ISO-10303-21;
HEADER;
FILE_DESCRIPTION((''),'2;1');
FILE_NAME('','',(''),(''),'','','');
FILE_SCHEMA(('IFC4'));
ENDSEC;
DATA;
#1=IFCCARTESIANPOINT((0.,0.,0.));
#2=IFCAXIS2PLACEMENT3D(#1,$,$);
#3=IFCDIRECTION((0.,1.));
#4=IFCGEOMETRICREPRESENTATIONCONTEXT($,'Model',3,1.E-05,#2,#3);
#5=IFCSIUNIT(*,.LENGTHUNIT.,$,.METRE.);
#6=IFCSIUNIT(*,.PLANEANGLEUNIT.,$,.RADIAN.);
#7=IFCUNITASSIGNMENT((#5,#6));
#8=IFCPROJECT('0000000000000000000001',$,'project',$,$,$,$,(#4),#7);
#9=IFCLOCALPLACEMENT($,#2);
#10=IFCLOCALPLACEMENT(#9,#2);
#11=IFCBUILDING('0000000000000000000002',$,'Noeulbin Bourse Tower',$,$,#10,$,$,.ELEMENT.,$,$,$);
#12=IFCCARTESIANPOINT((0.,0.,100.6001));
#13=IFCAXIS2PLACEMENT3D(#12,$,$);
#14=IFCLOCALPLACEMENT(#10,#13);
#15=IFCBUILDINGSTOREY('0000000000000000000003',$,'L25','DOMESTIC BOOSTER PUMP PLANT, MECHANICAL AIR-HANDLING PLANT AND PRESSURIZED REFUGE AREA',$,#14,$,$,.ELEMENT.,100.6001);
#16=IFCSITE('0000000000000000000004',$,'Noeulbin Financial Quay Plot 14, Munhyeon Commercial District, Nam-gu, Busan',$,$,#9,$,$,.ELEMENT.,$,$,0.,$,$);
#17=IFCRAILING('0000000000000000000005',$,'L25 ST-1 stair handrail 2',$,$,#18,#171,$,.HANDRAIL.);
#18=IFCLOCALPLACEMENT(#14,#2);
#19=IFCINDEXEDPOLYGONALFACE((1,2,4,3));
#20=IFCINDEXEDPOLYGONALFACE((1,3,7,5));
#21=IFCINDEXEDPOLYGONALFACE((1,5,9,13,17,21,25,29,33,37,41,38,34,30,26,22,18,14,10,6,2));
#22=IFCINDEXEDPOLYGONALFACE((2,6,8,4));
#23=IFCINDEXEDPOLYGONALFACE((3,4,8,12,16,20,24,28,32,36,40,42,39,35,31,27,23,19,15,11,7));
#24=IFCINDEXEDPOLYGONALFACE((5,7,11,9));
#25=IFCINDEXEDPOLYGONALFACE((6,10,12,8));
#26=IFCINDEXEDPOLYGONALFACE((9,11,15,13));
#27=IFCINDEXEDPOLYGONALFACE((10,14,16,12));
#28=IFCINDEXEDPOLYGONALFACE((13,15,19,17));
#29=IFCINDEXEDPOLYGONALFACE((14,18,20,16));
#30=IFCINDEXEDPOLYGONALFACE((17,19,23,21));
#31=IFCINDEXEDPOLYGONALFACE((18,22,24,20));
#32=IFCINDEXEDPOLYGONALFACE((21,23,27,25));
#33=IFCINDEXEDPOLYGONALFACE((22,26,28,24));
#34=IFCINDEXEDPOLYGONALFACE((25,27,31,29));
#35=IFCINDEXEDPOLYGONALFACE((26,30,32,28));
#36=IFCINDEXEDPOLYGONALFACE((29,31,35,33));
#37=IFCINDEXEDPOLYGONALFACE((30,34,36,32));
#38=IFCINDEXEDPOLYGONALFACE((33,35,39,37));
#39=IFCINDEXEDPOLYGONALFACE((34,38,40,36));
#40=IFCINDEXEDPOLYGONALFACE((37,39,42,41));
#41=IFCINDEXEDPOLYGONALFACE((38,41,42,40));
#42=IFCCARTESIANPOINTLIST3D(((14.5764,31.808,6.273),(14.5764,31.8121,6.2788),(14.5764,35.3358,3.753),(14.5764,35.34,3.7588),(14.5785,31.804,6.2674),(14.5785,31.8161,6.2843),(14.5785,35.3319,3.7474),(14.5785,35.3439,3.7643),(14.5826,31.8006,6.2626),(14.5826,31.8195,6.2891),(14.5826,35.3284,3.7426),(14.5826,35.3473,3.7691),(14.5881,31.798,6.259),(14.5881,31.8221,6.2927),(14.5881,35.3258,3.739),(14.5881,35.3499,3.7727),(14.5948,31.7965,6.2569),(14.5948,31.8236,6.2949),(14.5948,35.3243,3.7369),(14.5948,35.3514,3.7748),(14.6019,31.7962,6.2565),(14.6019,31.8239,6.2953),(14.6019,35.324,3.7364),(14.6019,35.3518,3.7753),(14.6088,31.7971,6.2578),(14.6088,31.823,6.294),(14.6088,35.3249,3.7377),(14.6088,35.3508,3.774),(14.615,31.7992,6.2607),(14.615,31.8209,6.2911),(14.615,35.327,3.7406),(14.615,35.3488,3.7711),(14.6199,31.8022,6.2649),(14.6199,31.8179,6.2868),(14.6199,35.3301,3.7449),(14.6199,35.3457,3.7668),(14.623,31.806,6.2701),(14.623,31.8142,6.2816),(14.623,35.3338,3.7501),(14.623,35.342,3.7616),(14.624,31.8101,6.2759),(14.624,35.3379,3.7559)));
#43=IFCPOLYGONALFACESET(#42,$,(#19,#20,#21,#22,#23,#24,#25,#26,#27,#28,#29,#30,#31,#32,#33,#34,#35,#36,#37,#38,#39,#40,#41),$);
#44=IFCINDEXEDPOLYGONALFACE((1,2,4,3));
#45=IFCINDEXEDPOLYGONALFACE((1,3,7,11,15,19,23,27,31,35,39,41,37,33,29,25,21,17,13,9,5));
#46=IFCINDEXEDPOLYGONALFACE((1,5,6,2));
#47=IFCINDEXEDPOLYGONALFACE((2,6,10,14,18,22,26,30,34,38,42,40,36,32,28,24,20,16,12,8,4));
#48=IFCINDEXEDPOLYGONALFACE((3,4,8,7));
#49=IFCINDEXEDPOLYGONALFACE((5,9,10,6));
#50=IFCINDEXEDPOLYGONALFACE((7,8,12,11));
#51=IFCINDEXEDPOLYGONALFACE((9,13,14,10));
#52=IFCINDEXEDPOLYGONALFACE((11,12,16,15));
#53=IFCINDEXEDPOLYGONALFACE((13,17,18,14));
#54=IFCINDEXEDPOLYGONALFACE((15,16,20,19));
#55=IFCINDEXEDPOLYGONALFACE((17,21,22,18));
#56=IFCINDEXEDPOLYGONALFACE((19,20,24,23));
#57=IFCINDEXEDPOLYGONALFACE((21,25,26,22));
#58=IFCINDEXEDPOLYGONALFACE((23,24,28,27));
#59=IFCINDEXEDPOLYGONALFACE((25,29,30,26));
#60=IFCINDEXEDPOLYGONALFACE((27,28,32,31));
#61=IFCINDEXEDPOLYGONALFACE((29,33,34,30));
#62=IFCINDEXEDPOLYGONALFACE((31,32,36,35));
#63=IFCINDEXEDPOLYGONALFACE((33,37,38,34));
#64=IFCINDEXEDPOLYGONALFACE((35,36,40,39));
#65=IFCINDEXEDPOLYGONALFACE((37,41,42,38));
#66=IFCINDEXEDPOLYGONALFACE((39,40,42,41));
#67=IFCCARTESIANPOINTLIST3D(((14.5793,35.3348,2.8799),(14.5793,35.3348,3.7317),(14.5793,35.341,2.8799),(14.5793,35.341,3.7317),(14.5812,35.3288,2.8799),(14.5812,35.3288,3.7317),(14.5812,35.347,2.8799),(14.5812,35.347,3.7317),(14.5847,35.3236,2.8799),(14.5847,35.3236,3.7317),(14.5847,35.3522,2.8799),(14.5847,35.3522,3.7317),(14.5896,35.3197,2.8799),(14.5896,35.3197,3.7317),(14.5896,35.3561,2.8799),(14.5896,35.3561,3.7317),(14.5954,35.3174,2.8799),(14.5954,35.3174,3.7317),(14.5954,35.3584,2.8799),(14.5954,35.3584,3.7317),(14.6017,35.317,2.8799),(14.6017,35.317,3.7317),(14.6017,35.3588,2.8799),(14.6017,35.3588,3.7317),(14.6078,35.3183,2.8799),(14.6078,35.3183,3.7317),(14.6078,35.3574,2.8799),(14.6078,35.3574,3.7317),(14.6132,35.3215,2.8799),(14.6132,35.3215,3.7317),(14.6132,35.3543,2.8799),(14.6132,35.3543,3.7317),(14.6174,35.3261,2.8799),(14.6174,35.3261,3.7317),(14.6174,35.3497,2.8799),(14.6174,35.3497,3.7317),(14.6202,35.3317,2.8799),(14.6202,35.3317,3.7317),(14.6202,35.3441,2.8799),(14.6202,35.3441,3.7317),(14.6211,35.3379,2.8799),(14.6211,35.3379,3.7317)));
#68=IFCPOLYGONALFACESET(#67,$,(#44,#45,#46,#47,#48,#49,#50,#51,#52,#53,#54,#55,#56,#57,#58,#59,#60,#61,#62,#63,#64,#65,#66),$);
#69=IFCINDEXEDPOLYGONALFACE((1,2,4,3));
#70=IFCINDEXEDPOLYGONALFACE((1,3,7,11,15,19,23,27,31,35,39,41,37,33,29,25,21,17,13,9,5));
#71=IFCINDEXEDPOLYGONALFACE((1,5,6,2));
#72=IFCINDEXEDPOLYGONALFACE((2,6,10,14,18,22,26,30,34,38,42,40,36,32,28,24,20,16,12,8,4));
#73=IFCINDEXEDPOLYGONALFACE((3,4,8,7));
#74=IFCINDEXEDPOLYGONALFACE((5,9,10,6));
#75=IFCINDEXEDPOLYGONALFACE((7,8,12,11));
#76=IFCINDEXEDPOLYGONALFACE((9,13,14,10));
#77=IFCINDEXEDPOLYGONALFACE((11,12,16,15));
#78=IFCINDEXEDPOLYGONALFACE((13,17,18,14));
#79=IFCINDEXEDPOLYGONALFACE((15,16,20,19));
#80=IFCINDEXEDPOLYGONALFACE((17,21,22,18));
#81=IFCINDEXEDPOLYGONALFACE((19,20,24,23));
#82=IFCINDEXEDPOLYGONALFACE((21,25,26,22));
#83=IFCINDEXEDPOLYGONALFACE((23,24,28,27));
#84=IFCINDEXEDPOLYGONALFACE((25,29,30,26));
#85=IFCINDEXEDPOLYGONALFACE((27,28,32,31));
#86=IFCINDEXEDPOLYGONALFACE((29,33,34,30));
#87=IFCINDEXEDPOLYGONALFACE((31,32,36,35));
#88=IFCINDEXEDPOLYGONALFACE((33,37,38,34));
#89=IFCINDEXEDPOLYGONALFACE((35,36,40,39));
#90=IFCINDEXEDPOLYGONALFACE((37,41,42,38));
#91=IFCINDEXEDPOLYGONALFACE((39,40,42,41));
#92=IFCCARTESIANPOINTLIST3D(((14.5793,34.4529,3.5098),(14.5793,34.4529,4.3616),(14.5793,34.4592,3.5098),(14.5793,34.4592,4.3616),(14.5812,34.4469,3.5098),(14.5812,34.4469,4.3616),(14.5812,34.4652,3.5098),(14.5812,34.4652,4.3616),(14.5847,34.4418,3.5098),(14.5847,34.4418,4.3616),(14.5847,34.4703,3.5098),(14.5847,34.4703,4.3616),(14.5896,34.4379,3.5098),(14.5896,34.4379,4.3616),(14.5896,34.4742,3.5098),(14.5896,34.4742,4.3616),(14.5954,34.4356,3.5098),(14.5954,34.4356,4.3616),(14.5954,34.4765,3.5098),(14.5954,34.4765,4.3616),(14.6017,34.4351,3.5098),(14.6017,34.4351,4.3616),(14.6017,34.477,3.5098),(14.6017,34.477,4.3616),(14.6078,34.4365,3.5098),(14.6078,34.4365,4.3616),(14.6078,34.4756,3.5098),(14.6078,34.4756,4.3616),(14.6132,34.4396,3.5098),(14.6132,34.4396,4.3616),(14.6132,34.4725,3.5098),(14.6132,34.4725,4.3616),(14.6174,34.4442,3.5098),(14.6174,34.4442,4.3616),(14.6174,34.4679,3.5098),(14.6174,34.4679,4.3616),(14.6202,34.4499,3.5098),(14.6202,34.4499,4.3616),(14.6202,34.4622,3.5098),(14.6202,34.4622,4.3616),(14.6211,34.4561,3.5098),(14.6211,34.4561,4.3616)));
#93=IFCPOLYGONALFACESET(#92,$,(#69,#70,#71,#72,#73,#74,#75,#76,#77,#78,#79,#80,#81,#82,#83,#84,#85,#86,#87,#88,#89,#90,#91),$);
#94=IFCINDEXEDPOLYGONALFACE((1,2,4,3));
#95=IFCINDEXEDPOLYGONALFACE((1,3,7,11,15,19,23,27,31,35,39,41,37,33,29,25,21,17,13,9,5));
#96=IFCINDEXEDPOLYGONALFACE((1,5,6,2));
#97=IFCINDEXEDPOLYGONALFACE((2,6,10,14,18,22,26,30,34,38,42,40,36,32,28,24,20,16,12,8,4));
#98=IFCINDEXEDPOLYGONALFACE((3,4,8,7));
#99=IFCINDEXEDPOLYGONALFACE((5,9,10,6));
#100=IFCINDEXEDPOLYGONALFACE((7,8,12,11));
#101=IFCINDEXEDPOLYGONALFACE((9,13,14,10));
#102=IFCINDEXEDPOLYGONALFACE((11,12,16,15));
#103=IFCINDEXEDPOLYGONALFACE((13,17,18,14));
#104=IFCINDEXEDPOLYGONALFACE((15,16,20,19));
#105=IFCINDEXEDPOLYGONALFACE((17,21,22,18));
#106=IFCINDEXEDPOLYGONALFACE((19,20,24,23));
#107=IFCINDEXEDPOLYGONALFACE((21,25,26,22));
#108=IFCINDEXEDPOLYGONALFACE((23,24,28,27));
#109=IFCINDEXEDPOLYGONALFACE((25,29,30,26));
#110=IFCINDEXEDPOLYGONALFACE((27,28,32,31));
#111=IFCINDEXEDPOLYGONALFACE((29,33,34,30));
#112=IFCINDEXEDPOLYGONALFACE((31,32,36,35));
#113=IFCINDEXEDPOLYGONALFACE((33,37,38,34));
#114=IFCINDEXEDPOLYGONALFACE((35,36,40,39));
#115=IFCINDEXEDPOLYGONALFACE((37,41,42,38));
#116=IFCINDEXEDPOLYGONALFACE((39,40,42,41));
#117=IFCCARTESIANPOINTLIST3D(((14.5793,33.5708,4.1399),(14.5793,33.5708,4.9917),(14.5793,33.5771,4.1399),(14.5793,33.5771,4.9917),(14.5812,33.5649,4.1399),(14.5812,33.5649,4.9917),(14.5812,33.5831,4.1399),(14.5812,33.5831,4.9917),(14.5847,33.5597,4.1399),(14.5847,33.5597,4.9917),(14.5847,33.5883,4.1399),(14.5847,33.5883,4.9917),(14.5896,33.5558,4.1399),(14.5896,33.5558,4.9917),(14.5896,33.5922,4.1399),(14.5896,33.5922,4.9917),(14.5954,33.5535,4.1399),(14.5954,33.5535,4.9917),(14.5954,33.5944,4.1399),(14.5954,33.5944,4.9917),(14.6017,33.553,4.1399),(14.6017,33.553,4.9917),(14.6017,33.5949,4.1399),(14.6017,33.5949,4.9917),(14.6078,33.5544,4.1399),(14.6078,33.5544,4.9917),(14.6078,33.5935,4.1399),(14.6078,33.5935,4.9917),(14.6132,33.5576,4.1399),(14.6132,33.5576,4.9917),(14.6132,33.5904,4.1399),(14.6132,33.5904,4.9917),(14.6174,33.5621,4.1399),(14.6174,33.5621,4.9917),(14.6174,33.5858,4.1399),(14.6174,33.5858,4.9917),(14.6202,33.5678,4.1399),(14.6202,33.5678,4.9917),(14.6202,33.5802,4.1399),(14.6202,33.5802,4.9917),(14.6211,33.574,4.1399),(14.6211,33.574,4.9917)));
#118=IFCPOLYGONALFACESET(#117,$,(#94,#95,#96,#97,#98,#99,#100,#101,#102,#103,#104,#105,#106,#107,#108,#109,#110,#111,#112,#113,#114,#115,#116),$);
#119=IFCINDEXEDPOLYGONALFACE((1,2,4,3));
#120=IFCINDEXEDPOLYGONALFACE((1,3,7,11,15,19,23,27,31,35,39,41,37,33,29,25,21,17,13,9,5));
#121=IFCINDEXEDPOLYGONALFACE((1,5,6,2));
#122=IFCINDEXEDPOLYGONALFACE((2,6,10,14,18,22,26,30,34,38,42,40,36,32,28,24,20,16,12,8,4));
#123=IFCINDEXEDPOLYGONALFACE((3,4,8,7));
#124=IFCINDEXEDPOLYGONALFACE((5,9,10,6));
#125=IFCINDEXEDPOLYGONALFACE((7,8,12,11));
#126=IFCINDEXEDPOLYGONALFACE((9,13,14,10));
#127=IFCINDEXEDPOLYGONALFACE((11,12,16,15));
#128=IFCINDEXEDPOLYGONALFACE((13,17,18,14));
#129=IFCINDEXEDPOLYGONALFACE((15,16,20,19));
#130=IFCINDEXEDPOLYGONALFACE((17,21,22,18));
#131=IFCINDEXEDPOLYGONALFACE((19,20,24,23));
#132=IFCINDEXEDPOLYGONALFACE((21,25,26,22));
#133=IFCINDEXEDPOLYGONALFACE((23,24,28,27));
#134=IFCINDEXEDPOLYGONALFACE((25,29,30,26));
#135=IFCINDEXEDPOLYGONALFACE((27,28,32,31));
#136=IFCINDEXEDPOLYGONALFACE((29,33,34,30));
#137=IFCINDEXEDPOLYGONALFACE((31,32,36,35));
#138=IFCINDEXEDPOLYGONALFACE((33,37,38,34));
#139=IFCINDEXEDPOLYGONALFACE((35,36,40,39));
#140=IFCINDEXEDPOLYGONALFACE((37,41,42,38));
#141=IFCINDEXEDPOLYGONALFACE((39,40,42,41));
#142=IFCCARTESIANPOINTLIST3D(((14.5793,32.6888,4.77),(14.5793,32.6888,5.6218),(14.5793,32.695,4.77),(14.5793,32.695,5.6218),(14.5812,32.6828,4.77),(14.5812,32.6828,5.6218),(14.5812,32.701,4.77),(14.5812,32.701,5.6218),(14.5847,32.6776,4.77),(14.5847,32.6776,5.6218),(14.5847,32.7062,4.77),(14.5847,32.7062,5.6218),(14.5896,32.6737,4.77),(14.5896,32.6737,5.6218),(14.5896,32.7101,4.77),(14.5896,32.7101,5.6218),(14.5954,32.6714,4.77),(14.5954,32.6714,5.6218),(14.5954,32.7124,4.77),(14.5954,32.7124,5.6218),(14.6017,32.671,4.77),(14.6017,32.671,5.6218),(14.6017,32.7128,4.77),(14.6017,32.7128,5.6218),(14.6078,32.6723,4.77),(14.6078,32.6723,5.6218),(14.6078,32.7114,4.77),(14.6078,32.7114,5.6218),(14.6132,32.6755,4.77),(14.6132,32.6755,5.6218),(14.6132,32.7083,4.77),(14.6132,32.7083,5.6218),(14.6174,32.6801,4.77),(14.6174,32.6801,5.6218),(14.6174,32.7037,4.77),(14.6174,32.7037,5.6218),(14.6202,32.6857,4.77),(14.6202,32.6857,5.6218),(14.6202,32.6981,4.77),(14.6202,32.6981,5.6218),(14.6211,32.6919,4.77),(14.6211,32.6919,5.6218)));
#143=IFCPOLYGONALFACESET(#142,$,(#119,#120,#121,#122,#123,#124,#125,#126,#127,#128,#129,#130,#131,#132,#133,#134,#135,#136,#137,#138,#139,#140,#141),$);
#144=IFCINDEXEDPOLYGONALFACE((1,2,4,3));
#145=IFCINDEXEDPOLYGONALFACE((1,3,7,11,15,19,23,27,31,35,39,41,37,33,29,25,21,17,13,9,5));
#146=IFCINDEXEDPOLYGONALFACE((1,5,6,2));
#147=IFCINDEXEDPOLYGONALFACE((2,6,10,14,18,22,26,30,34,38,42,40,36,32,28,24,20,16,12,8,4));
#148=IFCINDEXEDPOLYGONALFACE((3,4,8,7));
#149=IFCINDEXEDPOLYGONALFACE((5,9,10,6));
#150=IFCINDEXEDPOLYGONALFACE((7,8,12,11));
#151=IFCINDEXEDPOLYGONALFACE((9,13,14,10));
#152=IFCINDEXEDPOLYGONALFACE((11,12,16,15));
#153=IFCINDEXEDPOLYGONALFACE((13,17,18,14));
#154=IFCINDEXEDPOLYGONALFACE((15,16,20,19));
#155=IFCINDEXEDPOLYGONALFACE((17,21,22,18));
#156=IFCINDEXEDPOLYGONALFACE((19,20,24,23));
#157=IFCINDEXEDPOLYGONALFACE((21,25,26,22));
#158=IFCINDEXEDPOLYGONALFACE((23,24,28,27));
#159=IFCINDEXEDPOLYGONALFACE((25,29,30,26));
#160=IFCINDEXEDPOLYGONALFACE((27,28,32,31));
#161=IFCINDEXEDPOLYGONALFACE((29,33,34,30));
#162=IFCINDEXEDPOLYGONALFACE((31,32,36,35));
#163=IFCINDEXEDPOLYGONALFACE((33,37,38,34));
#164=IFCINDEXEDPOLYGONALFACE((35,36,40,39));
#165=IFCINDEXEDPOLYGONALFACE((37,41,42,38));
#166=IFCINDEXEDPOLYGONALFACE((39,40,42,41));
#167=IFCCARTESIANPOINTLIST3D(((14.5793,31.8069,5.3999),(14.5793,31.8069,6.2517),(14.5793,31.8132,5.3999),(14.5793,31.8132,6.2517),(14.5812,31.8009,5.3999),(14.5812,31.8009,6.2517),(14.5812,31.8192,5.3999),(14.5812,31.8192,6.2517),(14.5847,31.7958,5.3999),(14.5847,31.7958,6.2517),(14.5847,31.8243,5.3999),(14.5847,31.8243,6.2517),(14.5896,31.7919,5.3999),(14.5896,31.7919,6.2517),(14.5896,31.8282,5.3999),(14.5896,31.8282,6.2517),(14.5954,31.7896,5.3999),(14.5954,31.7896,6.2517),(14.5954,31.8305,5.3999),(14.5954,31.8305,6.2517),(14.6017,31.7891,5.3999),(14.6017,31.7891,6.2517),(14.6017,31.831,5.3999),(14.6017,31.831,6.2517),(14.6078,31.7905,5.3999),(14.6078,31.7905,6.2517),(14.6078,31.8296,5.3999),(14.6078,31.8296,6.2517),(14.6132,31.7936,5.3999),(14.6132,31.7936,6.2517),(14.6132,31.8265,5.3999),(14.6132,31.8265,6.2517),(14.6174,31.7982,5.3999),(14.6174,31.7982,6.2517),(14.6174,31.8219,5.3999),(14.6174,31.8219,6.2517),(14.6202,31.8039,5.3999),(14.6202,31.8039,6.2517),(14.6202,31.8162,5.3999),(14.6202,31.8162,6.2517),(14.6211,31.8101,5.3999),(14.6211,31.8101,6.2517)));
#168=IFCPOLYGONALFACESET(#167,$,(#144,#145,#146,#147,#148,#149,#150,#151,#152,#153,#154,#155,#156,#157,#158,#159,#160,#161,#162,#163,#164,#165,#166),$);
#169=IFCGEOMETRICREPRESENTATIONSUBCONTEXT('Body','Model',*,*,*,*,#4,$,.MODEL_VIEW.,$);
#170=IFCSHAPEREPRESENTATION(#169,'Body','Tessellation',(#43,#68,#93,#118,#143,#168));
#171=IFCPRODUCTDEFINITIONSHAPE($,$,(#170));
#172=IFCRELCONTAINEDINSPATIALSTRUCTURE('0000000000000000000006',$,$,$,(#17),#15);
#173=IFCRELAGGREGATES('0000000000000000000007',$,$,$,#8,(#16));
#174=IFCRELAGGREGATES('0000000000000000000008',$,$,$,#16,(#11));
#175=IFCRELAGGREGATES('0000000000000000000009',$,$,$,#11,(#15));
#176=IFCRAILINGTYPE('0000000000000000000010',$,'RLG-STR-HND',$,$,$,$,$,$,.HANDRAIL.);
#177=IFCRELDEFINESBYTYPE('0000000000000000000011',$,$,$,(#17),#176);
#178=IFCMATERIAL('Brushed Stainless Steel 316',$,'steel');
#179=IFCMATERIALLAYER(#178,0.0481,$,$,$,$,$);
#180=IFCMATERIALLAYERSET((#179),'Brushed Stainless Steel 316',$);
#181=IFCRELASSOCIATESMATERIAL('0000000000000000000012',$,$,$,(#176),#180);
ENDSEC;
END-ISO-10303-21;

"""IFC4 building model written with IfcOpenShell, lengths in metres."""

from ifc_helpers import new_model, si_unit, direction, frame, origin, origin_2d, place, context, subcontext, project, spatial, circle, extrude, material, layer, layer_set, type_object, element, save


model = new_model("IFC4")

# Units and contexts
model_context = context("Model", 3, precision=1e-05, world=origin(), true_north=direction((0.0, 1.0)))
body_context = subcontext(model_context, "Body", "Model", "MODEL_VIEW")
ifc_project = project(units=[si_unit("LENGTHUNIT", "METRE"), si_unit("PLANEANGLEUNIT", "RADIAN")], contexts=[model_context])

# Site, building, storey
site_placement = place(None, origin())
site = spatial("IfcSite", under=ifc_project, at=site_placement, Name="Noeulbin Financial Quay Plot 14, Munhyeon Commercial District, Nam-gu, Busan", CompositionType="ELEMENT", RefElevation=0.0)
building_placement = place(site_placement, origin())
building = spatial("IfcBuilding", under=site, at=building_placement, Name="Noeulbin Bourse Tower", CompositionType="ELEMENT")
storey_placement = place(building_placement, frame((0.0, 0.0, 100.6001)))
storey = spatial("IfcBuildingStorey", under=building, at=storey_placement, Name="L25", Description="DOMESTIC BOOSTER PUMP PLANT, MECHANICAL AIR-HANDLING PLANT AND PRESSURIZED REFUGE AREA", CompositionType="ELEMENT", Elevation=100.6001)

# Shared definitions
ifc_material_1 = material(Name="Brushed Stainless Steel 316", Category="steel")

# Railing
ifc_layer_1 = layer(ifc_material_1, 0.0481)
ifc_layer_set_1 = layer_set([ifc_layer_1], Name="Brushed Stainless Steel 316")
railing_type_1 = type_object("IfcRailingType", Name="RLG-STR-HND", PredefinedType="HANDRAIL", material=ifc_layer_set_1)
railing_1_placement = place(storey_placement, frame((14.6001, 35.3379, 2.8799)))
element("IfcRailing", 1, at=railing_1_placement, inside=storey, type_object=railing_type_1, Name="L25 ST-1 stair handrail 2", PredefinedType="HANDRAIL", context=body_context, shape_type="SweptSolid", body=[
    extrude(circle(Radius=0.0239, at=origin_2d()), frame((0.0, 0.0, 0.876), z_axis=(0.0, -0.813718, 0.58126), x_axis=(1.0, 0.0, 0.0)), (0.0, 0.0, 1.0), 4.3354),
    extrude(circle(Radius=0.021, at=origin_2d()), origin(), (0.0, 0.0, 1.0), 0.8518),
    extrude(circle(Radius=0.021, at=origin_2d()), frame((0.0, -0.8818, 0.6299)), (0.0, 0.0, 1.0), 0.8518),
    extrude(circle(Radius=0.021, at=origin_2d()), frame((0.0, -1.7639, 1.26)), (0.0, 0.0, 1.0), 0.8518),
    extrude(circle(Radius=0.021, at=origin_2d()), frame((0.0, -2.646, 1.8901)), (0.0, 0.0, 1.0), 0.8518),
    extrude(circle(Radius=0.021, at=origin_2d()), frame((0.0, -3.5278, 2.52)), (0.0, 0.0, 1.0), 0.8518),
])

save(model, "model.ifc")
